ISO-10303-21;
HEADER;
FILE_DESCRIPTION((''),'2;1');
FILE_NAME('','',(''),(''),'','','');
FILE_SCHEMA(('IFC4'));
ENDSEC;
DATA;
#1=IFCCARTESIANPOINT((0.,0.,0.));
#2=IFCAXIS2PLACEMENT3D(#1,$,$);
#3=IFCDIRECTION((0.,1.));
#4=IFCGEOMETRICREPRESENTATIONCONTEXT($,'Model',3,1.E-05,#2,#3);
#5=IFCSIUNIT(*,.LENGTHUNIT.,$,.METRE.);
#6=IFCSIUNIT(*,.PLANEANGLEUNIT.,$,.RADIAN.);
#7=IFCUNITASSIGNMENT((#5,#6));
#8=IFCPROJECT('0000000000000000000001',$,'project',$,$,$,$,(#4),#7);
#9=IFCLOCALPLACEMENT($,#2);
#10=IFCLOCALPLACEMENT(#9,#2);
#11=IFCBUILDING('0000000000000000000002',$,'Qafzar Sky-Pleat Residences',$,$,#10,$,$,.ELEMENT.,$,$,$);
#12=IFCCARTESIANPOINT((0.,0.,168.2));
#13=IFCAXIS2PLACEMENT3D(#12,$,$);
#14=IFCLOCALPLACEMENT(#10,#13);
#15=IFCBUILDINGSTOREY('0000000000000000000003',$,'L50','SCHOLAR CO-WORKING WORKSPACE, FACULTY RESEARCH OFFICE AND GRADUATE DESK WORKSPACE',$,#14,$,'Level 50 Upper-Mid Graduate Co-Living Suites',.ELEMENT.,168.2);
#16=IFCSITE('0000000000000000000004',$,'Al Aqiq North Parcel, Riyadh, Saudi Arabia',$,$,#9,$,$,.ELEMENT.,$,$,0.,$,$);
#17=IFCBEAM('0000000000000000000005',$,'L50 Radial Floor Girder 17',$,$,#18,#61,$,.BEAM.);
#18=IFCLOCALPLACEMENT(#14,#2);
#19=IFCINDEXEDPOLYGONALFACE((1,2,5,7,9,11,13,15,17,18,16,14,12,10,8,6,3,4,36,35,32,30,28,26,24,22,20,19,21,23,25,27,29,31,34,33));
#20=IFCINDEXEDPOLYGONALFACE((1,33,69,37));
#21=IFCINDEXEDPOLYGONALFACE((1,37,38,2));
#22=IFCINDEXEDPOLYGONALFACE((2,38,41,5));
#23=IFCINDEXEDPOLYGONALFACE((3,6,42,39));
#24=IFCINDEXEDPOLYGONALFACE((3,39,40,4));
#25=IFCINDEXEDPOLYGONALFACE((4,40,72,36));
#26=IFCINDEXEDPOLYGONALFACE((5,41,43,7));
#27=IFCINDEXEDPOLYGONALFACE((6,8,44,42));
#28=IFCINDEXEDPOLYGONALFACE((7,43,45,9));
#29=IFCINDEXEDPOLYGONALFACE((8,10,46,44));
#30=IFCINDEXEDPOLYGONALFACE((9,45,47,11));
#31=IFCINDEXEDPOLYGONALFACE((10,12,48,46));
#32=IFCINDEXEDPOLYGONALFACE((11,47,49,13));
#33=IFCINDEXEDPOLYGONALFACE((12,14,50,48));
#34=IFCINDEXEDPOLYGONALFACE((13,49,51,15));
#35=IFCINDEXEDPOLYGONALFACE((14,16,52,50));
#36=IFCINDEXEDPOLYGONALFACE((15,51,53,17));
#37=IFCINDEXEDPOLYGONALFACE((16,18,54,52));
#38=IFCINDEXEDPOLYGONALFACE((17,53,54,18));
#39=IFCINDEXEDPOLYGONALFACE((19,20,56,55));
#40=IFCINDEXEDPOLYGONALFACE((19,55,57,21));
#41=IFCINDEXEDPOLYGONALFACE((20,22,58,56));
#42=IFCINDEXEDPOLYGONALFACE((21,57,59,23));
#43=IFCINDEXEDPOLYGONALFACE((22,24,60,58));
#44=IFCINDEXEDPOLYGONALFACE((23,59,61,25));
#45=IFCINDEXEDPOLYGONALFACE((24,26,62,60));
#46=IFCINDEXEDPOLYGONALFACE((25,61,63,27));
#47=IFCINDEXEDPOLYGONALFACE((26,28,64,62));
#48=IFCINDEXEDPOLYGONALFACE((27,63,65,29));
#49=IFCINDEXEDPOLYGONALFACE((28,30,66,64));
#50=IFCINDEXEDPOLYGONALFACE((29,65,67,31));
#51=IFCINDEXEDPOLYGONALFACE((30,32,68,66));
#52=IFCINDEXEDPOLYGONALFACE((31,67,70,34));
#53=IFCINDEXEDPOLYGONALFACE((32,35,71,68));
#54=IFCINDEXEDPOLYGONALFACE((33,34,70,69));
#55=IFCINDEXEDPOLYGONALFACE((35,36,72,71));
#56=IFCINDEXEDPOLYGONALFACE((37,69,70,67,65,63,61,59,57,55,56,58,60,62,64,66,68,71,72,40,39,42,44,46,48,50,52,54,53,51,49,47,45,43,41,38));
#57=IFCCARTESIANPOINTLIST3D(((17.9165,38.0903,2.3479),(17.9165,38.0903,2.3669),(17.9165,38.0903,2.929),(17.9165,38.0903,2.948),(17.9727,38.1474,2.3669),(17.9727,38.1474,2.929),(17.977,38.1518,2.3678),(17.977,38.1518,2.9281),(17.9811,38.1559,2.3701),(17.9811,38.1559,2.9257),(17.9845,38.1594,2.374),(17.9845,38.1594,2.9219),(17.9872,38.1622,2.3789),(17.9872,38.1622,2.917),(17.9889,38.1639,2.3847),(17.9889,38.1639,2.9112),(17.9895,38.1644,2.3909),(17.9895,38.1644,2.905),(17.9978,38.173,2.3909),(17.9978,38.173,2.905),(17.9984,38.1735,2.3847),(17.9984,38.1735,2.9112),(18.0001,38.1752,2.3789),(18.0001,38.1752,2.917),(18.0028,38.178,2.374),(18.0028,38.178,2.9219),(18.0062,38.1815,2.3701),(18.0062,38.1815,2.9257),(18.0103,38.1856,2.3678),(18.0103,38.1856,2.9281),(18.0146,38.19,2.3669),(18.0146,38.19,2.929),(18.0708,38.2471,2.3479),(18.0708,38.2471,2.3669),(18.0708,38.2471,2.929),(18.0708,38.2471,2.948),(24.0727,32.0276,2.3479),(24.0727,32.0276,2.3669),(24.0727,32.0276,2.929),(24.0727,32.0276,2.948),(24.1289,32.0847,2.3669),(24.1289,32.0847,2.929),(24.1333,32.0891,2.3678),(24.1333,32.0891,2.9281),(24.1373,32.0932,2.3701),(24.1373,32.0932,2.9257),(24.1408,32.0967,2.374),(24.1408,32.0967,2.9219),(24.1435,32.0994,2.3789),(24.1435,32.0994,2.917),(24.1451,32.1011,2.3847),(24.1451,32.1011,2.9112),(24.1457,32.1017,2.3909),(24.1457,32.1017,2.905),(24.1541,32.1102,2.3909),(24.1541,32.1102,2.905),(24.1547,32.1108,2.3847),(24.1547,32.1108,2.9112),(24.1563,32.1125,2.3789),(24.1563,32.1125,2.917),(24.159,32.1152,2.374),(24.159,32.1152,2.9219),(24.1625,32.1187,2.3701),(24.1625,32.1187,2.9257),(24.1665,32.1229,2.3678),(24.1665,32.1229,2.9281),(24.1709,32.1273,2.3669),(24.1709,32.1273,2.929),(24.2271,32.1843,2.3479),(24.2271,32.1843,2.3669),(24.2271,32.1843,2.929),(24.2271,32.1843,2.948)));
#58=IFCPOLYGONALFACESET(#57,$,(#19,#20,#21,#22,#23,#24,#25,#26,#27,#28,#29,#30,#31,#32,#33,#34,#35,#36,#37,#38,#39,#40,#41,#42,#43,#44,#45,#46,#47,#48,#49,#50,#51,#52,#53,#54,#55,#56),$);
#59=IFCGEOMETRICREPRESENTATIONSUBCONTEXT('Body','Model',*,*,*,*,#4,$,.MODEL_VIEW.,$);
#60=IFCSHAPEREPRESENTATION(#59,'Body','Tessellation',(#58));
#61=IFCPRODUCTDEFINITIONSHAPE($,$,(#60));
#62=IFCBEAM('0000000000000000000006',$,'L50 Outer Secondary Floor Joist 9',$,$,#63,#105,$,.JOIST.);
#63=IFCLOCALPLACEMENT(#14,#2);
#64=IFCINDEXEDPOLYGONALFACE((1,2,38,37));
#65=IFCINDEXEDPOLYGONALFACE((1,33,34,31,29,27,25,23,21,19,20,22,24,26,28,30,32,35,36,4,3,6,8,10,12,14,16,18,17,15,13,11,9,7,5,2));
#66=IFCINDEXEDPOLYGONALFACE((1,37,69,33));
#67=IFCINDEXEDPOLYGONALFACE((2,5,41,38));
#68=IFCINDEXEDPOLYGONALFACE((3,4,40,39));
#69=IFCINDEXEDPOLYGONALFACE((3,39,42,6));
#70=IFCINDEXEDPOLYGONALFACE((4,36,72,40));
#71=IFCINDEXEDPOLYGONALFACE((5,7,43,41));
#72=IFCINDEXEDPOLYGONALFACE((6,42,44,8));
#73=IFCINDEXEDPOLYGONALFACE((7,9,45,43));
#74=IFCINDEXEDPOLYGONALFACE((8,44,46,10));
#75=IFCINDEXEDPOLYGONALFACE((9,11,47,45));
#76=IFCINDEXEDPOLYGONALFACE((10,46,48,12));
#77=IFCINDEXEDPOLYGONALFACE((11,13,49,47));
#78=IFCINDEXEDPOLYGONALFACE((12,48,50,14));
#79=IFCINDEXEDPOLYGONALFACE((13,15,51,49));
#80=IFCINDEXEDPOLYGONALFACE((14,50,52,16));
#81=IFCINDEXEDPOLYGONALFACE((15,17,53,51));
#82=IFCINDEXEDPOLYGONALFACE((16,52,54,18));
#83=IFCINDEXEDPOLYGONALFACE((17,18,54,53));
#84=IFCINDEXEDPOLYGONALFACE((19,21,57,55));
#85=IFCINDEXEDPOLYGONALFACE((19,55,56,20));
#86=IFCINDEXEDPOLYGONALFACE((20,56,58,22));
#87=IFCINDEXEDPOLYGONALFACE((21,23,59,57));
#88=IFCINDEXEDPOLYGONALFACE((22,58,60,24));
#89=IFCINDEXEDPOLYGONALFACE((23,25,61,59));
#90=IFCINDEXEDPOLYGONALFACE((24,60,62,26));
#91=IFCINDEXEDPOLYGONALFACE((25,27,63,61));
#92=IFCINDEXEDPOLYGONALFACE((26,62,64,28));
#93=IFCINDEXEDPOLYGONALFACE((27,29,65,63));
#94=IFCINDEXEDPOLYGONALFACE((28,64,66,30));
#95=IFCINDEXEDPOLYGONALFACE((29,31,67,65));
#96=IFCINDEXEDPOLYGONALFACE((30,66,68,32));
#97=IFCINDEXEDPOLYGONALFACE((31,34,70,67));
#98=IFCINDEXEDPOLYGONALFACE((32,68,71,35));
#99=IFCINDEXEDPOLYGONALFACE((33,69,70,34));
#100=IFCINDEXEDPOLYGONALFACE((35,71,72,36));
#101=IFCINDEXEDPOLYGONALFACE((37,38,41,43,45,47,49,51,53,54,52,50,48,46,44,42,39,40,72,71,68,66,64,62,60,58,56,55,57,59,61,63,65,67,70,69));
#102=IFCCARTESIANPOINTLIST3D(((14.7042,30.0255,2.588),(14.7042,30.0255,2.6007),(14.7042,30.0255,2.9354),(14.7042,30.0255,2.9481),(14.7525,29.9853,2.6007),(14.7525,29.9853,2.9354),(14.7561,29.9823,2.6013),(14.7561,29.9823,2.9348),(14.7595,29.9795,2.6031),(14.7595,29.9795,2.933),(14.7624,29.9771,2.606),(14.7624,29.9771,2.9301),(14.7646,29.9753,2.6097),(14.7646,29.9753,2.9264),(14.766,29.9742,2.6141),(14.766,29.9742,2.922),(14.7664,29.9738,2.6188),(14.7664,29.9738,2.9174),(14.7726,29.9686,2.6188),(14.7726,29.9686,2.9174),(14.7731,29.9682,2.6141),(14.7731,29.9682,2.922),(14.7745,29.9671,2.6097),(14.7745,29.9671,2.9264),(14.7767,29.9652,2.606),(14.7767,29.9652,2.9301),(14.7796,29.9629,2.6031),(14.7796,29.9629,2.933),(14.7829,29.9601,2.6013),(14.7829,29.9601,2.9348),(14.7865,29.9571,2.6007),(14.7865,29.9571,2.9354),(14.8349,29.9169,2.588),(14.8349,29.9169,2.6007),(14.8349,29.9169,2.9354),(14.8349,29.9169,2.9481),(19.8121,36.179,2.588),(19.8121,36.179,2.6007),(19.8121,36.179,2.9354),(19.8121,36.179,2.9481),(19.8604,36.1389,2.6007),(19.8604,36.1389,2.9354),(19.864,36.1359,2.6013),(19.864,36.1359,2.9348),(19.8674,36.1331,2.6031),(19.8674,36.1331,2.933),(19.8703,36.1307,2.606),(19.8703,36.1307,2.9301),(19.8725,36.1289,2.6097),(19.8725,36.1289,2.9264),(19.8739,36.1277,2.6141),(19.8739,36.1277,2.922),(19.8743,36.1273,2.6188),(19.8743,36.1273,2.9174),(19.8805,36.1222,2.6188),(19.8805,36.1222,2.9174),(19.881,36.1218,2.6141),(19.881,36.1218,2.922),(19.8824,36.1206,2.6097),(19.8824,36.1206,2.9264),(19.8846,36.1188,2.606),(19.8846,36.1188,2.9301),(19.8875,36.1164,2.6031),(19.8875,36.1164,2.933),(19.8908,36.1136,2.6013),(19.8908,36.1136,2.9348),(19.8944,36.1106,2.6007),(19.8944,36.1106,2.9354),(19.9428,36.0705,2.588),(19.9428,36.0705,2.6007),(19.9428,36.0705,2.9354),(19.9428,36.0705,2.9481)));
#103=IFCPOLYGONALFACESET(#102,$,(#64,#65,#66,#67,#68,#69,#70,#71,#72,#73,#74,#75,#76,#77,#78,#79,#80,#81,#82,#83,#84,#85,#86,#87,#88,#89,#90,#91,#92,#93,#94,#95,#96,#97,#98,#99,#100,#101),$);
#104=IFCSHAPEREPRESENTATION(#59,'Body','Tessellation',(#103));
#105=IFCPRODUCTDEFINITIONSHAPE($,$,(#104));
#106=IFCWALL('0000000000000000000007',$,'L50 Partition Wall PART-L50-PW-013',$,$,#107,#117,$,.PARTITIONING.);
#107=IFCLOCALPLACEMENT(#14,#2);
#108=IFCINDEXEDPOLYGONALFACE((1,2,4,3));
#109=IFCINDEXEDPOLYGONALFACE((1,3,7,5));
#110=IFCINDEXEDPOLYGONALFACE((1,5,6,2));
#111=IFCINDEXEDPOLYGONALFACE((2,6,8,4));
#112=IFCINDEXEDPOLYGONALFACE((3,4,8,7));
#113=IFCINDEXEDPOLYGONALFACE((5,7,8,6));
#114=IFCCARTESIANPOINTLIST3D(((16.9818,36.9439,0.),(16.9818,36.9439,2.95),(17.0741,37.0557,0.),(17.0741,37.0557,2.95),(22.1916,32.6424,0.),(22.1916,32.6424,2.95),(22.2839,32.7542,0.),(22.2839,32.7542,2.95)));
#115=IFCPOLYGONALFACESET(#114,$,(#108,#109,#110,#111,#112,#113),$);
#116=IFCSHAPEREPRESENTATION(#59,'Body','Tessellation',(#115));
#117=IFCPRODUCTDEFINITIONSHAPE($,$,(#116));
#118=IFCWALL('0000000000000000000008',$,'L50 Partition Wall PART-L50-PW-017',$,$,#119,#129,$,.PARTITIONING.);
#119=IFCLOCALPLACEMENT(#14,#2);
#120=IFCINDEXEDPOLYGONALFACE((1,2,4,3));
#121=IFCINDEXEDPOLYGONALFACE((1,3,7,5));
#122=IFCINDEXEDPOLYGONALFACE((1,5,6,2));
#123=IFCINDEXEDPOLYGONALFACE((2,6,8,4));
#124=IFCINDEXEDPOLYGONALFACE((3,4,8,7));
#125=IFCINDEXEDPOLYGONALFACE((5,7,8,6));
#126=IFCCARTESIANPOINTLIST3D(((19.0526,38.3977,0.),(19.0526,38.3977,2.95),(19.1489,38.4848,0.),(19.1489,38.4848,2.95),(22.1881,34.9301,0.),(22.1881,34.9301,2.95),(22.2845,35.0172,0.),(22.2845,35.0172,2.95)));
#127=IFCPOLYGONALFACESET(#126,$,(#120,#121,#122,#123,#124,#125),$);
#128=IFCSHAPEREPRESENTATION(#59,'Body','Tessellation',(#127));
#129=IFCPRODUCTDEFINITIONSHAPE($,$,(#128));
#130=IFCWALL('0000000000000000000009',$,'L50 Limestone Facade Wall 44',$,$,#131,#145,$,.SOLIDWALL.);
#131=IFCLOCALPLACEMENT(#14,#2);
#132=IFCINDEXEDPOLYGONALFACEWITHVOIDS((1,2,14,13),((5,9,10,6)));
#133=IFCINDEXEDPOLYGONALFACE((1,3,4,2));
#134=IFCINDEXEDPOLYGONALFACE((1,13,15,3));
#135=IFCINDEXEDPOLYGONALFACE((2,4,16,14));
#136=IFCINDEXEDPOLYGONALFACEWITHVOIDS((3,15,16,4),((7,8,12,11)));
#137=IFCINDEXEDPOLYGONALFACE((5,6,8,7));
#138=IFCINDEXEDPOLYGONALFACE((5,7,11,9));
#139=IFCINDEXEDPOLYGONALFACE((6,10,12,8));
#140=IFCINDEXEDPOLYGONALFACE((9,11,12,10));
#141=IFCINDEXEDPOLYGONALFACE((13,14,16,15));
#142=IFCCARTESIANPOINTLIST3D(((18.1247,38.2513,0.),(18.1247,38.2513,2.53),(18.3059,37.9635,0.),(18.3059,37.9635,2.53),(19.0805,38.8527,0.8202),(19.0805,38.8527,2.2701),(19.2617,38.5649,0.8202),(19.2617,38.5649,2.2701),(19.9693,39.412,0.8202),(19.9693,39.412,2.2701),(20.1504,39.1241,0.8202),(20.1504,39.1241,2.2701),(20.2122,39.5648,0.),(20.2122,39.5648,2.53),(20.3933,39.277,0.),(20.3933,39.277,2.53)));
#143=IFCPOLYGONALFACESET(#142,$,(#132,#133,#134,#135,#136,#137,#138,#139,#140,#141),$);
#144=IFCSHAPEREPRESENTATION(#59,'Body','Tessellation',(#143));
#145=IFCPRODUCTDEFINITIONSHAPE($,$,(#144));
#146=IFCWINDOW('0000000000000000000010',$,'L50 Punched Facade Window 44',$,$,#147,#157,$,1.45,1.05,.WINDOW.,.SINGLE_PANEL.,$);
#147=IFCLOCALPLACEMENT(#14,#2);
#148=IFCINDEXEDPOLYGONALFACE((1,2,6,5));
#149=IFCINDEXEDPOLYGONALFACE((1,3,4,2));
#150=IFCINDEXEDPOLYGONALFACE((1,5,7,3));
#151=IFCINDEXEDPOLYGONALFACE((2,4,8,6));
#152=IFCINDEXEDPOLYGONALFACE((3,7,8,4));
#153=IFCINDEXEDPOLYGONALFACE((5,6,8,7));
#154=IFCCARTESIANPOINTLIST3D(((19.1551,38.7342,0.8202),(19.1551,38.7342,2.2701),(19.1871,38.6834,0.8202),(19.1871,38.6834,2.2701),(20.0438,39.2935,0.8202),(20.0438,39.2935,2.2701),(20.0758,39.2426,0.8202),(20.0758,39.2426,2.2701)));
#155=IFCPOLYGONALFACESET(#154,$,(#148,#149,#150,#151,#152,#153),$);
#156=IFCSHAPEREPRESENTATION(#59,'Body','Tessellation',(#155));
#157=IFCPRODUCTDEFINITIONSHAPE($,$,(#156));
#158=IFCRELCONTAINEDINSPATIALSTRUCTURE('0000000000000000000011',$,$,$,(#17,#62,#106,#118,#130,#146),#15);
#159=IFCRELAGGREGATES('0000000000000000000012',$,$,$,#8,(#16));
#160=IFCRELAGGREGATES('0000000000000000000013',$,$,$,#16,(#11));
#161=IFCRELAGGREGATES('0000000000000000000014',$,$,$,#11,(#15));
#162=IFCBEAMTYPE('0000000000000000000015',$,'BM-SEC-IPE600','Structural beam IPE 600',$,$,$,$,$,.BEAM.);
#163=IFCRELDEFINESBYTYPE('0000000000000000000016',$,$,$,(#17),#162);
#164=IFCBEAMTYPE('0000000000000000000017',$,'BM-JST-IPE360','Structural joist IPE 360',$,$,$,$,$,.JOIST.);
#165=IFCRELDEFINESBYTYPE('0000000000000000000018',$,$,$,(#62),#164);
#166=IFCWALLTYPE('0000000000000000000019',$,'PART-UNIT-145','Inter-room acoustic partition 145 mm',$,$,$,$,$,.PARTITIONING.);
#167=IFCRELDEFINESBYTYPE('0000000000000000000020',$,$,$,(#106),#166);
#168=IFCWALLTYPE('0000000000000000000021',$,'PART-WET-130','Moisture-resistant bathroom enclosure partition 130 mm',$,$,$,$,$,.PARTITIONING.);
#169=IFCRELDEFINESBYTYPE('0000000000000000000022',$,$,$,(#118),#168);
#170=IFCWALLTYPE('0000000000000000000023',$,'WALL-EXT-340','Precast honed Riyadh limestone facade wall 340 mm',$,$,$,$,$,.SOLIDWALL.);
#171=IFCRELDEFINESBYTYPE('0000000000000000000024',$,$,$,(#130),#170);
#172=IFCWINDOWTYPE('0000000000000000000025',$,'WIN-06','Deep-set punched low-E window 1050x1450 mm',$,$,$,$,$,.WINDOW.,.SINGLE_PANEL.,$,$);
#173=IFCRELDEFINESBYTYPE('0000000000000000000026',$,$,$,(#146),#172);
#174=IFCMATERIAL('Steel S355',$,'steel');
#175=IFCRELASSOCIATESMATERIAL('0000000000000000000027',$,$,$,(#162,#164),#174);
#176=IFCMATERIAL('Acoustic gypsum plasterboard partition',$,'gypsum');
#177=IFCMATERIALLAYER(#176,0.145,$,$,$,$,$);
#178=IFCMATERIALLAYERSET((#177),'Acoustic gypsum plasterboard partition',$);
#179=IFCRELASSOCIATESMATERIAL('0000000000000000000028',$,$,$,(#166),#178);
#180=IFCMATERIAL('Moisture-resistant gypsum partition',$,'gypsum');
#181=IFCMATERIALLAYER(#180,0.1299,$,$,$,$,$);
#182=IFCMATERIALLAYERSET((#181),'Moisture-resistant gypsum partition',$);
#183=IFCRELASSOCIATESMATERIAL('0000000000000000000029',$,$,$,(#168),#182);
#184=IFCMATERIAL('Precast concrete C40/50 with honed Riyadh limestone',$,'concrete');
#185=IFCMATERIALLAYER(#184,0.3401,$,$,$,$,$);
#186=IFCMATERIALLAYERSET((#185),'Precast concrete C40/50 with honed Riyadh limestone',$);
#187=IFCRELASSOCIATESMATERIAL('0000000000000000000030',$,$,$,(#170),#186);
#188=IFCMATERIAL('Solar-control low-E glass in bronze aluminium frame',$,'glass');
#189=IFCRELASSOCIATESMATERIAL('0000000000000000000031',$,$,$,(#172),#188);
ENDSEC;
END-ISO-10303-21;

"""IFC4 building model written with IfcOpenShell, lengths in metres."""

from ifc_helpers import new_model, si_unit, direction, frame, frame_2d, origin, origin_2d, place, context, subcontext, project, spatial, rectangle, i_section, extrude, source, transform, mapped, material, layer, layer_set, material_profile, profile_set, type_object, element, fill, save


model = new_model("IFC4")

# Units and contexts
model_context = context("Model", 3, precision=1e-05, world=origin(), true_north=direction((0.0, 1.0)))
body_context = subcontext(model_context, "Body", "Model", "MODEL_VIEW")
ifc_project = project(units=[si_unit("LENGTHUNIT", "METRE"), si_unit("PLANEANGLEUNIT", "RADIAN")], contexts=[model_context])

# Site, building, storey
site_placement = place(None, origin())
site = spatial("IfcSite", under=ifc_project, at=site_placement, Name="Al Aqiq North Parcel, Riyadh, Saudi Arabia", CompositionType="ELEMENT", RefElevation=0.0)
building_placement = place(site_placement, origin())
building = spatial("IfcBuilding", under=site, at=building_placement, Name="Qafzar Sky-Pleat Residences", CompositionType="ELEMENT")
storey_placement = place(building_placement, frame((0.0, 0.0, 168.2)))
storey = spatial("IfcBuildingStorey", under=building, at=storey_placement, Name="L50", Description="SCHOLAR CO-WORKING WORKSPACE, FACULTY RESEARCH OFFICE AND GRADUATE DESK WORKSPACE", LongName="Level 50 Upper-Mid Graduate Co-Living Suites", CompositionType="ELEMENT", Elevation=168.2)

# Shared definitions
ifc_material_1 = material(Name="Steel S355", Category="steel")

# Beams
ifc_material_profile_1 = material_profile(ifc_material_1, i_section(OverallWidth=0.22, OverallDepth=0.6001, WebThickness=0.012, FlangeThickness=0.019, FilletRadius=0.0239, at=origin_2d()), Name="IPE 600")
ifc_profile_set_1 = profile_set([ifc_material_profile_1], Name="Steel S355")
beam_type_1 = type_object("IfcBeamType", Name="BM-SEC-IPE600", Description="Structural beam IPE 600", PredefinedType="BEAM", material=ifc_profile_set_1)
shared_shape_1 = source(origin(), body_context, "Body", "SweptSolid", [
    extrude(i_section(OverallWidth=0.22, OverallDepth=0.6001, WebThickness=0.012, FlangeThickness=0.019, FilletRadius=0.0239, at=origin_2d()), origin(), (0.0, 0.0, 1.0), 8.6404),
])
beam_1_placement = place(storey_placement, frame((17.9937, 38.1687, 2.6479), z_axis=(0.712497, -0.701675, 0.0), x_axis=(0.701675, 0.712497, 0.0)))
element("IfcBeam", 1, at=beam_1_placement, inside=storey, type_object=beam_type_1, Name="L50 Radial Floor Girder 17", PredefinedType="BEAM", context=body_context, shape_type="MappedRepresentation", body=[
    mapped(shared_shape_1, transform((0.0, 0.0, 0.0), x_axis=(1.0, 0.0, 0.0), y_axis=(0.0, 1.0, 0.0), z_axis=(0.0, 0.0, 1.0), scale=1.0)),
])
ifc_material_profile_2 = material_profile(ifc_material_1, i_section(OverallWidth=0.1699, OverallDepth=0.3601, WebThickness=0.0081, FlangeThickness=0.0127, FilletRadius=0.0181, at=origin_2d()), Name="IPE 360")
ifc_profile_set_2 = profile_set([ifc_material_profile_2], Name="Steel S355")
beam_type_2 = type_object("IfcBeamType", Name="BM-JST-IPE360", Description="Structural joist IPE 360", PredefinedType="JOIST", material=ifc_profile_set_2)
shared_shape_2 = source(origin(), body_context, "Body", "SweptSolid", [
    extrude(i_section(OverallWidth=0.1699, OverallDepth=0.3601, WebThickness=0.0081, FlangeThickness=0.0127, FilletRadius=0.0181, at=origin_2d()), origin(), (0.0, 0.0, 1.0), 7.9973),
])
beam_2_placement = place(storey_placement, frame((19.8774, 36.1248, 2.7681), z_axis=(-0.638703, -0.769453, 0.0), x_axis=(0.769453, -0.638703, 0.0)))
element("IfcBeam", 2, at=beam_2_placement, inside=storey, type_object=beam_type_2, Name="L50 Outer Secondary Floor Joist 9", PredefinedType="JOIST", context=body_context, shape_type="MappedRepresentation", body=[
    mapped(shared_shape_2, transform((0.0, 0.0, 0.0), x_axis=(1.0, 0.0, 0.0), y_axis=(0.0, 1.0, 0.0), z_axis=(0.0, 0.0, 1.0), scale=1.0)),
])

# Walls
ifc_material_2 = material(Name="Acoustic gypsum plasterboard partition", Category="gypsum")
ifc_layer_1 = layer(ifc_material_2, 0.145)
ifc_layer_set_1 = layer_set([ifc_layer_1], Name="Acoustic gypsum plasterboard partition")
wall_type_1 = type_object("IfcWallType", Name="PART-UNIT-145", Description="Inter-room acoustic partition 145 mm", PredefinedType="PARTITIONING", material=ifc_layer_set_1)
wall_1_placement = place(storey_placement, frame((17.0281, 36.9998, 0.0), z_axis=(0.0, 0.0, 1.0), x_axis=(0.771119, -0.636691, 0.0)))
element("IfcWall", 3, at=wall_1_placement, inside=storey, type_object=wall_type_1, Name="L50 Partition Wall PART-L50-PW-013", PredefinedType="PARTITIONING", context=body_context, shape_type="SweptSolid", body=[
    extrude(rectangle(XDim=6.7561, YDim=0.145, at=frame_2d((3.3779, 0.0))), origin(), (0.0, 0.0, 1.0), 2.95),
])
ifc_material_3 = material(Name="Moisture-resistant gypsum partition", Category="gypsum")
ifc_layer_2 = layer(ifc_material_3, 0.1299)
ifc_layer_set_2 = layer_set([ifc_layer_2], Name="Moisture-resistant gypsum partition")
wall_type_2 = type_object("IfcWallType", Name="PART-WET-130", Description="Moisture-resistant bathroom enclosure partition 130 mm", PredefinedType="PARTITIONING", material=ifc_layer_set_2)
wall_2_placement = place(storey_placement, frame((19.1008, 38.4412, 0.0), z_axis=(0.0, 0.0, 1.0), x_axis=(0.670703, -0.741726, 0.0)))
element("IfcWall", 4, at=wall_2_placement, inside=storey, type_object=wall_type_2, Name="L50 Partition Wall PART-L50-PW-017", PredefinedType="PARTITIONING", context=body_context, shape_type="SweptSolid", body=[
    extrude(rectangle(XDim=4.675, YDim=0.1299, at=frame_2d((2.3374, 0.0))), origin(), (0.0, 0.0, 1.0), 2.95),
])

# Wall, opening, window
ifc_material_4 = material(Name="Precast concrete C40/50 with honed Riyadh limestone", Category="concrete")
ifc_layer_3 = layer(ifc_material_4, 0.3401)
ifc_layer_set_3 = layer_set([ifc_layer_3], Name="Precast concrete C40/50 with honed Riyadh limestone")
wall_type_3 = type_object("IfcWallType", Name="WALL-EXT-340", Description="Precast honed Riyadh limestone facade wall 340 mm", PredefinedType="SOLIDWALL", material=ifc_layer_set_3)
wall_3_placement = place(storey_placement, frame((20.3027, 39.4209, 0.0), z_axis=(0.0, 0.0, 1.0), x_axis=(-0.846382, -0.532577, 0.0)))
wall_3 = element("IfcWall", 5, at=wall_3_placement, inside=storey, type_object=wall_type_3, Name="L50 Limestone Facade Wall 44", PredefinedType="SOLIDWALL", context=body_context, shape_type="SweptSolid", body=[
    extrude(rectangle(XDim=2.4663, YDim=0.3401, at=frame_2d((1.2332, 0.0))), origin(), (0.0, 0.0, 1.0), 2.53),
])
opening_1_placement = place(wall_3_placement, frame((0.2871, 0.0, 0.8201)))
opening_1 = element("IfcOpeningElement", 6, at=opening_1_placement, cuts=wall_3, PredefinedType="OPENING", context=body_context, shape_type="SweptSolid", body=[
    extrude(rectangle(XDim=1.05, YDim=1.45, at=frame_2d((0.5249, 0.7251))), frame((0.0, 0.1802, 0.0), z_axis=(0.0, -1.0, 0.0), x_axis=(1.0, 0.0, 0.0)), (0.0, 0.0, 1.0), 0.3601),
])
ifc_material_5 = material(Name="Solar-control low-E glass in bronze aluminium frame", Category="glass")
window_type_1 = type_object("IfcWindowType", Name="WIN-06", Description="Deep-set punched low-E window 1050x1450 mm", PartitioningType="SINGLE_PANEL", PredefinedType="WINDOW", material=ifc_material_5)
shared_shape_3 = source(origin(), body_context, "Body", "SweptSolid", [
    extrude(rectangle(XDim=1.05, YDim=1.45, at=frame_2d((0.5249, 0.7251))), frame((0.0, 0.03, 0.0), z_axis=(0.0, -1.0, 0.0), x_axis=(1.0, 0.0, 0.0)), (0.0, 0.0, 1.0), 0.0601),
])
window_1_placement = place(opening_1_placement, origin())
window_1 = element("IfcWindow", 7, at=window_1_placement, inside=storey, type_object=window_type_1, Name="L50 Punched Facade Window 44", OverallHeight=1.45, OverallWidth=1.05, PartitioningType="SINGLE_PANEL", PredefinedType="WINDOW", context=body_context, shape_type="MappedRepresentation", body=[
    mapped(shared_shape_3, transform((0.0, 0.0, 0.0), x_axis=(1.0, 0.0, 0.0), y_axis=(0.0, 1.0, 0.0), z_axis=(0.0, 0.0, 1.0), scale=1.0)),
])
fill(opening_1, window_1)

save(model, "model.ifc")
